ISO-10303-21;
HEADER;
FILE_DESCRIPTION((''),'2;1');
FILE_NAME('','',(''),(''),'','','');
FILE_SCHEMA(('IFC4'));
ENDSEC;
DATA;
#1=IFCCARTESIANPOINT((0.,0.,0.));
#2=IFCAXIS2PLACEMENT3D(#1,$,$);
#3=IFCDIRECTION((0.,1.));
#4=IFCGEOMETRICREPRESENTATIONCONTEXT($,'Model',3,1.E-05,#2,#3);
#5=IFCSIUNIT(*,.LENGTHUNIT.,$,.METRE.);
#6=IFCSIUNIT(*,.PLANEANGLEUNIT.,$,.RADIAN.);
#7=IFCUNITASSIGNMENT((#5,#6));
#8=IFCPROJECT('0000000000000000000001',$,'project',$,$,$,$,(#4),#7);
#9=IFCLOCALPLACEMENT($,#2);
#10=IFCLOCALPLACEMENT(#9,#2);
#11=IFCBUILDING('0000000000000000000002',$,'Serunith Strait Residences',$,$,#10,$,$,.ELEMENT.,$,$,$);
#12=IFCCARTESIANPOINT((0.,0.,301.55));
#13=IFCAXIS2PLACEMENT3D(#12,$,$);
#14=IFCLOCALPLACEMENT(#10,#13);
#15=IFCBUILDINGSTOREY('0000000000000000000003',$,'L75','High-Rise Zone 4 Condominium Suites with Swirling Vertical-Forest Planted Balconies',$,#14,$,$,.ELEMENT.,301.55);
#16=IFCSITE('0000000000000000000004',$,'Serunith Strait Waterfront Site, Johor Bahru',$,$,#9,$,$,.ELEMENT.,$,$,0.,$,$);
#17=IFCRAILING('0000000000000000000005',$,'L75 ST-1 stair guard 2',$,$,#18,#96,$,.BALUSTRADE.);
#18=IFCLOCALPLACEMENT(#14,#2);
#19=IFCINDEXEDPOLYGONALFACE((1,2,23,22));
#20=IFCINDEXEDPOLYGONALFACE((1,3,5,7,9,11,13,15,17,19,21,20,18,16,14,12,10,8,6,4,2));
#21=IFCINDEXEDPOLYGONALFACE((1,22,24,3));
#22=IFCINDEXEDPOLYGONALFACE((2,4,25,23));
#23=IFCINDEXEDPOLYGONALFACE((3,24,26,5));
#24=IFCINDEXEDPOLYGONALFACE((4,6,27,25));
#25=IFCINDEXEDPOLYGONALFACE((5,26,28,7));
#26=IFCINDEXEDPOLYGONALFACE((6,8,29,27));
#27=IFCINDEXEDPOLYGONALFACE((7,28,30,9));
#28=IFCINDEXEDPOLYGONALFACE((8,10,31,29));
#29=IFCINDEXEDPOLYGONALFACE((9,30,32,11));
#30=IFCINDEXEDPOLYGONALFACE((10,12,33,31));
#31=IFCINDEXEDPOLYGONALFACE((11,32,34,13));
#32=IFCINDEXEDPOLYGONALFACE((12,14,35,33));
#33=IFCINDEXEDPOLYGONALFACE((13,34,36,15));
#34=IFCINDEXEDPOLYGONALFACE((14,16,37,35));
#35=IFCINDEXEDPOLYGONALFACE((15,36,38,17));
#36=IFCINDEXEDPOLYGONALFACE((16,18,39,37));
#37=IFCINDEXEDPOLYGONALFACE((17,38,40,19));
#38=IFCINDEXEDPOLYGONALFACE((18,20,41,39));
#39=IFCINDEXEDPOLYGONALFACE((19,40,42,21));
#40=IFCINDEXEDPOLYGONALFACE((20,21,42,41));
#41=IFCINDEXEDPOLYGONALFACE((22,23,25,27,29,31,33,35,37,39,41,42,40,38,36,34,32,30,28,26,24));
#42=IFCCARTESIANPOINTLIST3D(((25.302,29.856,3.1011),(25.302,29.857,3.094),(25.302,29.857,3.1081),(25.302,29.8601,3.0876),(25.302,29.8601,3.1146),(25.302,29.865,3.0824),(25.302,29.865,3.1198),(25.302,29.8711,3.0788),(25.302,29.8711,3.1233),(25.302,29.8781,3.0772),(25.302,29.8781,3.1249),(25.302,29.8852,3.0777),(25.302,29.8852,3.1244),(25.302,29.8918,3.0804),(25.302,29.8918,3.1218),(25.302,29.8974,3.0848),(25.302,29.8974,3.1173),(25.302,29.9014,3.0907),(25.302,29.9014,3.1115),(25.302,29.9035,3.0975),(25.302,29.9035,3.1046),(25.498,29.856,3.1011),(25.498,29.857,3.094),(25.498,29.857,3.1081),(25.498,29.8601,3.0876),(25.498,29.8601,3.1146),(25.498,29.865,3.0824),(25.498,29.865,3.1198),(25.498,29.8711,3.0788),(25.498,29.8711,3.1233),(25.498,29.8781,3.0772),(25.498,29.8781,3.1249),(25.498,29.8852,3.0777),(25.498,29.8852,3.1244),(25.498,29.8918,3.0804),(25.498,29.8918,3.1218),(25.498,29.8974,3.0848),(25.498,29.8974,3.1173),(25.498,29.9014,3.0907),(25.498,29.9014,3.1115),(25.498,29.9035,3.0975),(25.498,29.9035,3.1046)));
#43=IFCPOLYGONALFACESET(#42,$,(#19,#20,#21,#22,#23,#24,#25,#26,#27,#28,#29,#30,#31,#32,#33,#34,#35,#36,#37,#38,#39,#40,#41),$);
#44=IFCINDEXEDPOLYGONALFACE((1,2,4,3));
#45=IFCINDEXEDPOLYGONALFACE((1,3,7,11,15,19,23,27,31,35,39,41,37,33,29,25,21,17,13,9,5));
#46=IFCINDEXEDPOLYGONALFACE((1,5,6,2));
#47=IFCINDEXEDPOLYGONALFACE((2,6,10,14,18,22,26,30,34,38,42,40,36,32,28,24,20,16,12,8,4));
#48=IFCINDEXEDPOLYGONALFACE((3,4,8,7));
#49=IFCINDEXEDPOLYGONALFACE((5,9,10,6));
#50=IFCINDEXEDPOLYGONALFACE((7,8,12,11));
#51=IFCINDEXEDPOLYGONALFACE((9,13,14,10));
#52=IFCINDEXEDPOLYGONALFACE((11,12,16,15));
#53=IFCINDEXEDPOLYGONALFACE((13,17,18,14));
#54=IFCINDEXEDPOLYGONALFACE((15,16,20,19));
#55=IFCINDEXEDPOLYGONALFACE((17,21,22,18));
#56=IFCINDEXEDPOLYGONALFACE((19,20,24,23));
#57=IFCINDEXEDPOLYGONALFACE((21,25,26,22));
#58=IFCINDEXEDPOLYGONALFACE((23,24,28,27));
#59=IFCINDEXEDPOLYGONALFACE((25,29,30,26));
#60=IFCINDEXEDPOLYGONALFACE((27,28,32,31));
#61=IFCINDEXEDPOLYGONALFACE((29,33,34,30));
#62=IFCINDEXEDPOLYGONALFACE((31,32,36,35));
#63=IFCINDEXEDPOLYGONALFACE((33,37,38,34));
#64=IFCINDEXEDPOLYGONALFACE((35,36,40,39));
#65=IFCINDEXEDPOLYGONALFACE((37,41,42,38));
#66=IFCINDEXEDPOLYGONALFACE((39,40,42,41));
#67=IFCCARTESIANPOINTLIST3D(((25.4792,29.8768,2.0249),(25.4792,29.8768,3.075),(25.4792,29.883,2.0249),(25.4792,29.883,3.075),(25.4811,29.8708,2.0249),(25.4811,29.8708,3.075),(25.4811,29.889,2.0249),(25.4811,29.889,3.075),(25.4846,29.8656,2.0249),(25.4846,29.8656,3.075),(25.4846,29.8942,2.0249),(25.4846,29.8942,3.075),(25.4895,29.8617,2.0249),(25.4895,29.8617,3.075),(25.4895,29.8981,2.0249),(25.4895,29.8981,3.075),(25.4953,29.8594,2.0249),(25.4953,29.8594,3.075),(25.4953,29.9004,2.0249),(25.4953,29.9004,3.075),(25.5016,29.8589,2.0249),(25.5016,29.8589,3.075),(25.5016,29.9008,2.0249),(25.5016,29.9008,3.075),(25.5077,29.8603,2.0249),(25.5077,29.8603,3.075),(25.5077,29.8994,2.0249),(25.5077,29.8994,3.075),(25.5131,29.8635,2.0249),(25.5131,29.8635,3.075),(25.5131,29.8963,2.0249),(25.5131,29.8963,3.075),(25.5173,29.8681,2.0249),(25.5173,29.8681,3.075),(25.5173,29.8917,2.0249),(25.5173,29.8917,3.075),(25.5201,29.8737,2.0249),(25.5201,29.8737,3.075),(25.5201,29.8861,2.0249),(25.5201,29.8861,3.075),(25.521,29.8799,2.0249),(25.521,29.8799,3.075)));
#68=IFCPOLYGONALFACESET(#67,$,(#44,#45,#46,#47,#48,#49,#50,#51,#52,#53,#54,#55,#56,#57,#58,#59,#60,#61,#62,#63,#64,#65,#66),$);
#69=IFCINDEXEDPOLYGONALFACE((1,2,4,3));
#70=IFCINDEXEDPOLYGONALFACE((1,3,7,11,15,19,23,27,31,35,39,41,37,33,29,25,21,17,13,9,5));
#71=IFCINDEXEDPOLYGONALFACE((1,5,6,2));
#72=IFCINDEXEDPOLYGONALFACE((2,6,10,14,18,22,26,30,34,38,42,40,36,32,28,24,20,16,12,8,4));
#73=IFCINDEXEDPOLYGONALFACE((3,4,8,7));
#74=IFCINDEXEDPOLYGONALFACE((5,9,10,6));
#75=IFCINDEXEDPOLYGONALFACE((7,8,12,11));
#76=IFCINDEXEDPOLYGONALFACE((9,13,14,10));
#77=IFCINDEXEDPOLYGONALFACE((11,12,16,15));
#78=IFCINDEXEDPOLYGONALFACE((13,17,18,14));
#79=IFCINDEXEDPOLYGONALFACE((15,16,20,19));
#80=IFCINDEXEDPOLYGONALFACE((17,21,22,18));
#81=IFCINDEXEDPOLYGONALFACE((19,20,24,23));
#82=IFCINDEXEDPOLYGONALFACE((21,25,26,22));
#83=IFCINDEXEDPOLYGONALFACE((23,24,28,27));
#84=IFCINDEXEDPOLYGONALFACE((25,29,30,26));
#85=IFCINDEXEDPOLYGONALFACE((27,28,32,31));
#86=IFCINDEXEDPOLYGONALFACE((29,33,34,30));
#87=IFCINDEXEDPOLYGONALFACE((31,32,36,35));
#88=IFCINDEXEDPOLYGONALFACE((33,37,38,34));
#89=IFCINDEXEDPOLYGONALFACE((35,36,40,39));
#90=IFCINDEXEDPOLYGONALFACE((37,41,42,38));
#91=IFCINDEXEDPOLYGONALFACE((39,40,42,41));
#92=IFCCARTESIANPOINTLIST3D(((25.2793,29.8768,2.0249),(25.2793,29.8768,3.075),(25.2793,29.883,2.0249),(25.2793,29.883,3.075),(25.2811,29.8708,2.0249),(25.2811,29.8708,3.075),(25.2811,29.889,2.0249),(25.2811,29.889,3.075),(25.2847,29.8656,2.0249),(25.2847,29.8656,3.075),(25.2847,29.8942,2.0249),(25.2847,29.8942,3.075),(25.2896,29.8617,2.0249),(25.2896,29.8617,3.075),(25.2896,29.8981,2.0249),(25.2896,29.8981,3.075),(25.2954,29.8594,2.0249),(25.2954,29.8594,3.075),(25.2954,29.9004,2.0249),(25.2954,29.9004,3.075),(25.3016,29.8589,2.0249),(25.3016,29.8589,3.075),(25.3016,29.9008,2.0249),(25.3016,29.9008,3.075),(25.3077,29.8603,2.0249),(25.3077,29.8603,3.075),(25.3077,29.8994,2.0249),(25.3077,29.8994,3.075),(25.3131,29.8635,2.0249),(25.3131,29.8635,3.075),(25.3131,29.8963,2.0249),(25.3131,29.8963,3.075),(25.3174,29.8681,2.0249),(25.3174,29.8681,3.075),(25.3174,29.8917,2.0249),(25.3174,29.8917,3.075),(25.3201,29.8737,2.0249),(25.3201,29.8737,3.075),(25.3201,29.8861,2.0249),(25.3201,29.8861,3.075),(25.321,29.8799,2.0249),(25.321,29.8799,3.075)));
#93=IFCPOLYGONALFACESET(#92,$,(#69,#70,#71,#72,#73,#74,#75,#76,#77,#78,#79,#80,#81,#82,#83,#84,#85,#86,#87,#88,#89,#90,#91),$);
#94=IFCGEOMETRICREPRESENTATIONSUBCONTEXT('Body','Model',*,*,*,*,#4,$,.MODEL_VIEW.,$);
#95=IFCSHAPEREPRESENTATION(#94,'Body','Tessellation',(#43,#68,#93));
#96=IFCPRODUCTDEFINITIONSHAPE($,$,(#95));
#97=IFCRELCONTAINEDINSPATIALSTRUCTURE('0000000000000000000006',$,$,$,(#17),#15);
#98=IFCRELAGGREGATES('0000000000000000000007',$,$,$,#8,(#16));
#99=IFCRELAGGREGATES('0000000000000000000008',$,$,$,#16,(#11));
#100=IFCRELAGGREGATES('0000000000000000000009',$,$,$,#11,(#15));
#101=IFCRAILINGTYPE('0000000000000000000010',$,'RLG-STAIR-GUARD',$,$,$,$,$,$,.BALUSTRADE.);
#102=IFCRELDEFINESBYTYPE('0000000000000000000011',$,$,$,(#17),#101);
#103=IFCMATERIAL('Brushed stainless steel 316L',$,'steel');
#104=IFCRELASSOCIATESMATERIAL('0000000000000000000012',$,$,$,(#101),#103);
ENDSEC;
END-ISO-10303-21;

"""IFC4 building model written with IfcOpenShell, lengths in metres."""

from ifc_helpers import new_model, si_unit, direction, frame, origin, origin_2d, place, context, subcontext, project, spatial, circle, extrude, material, type_object, element, save


model = new_model("IFC4")

# Units and contexts
model_context = context("Model", 3, precision=1e-05, world=origin(), true_north=direction((0.0, 1.0)))
body_context = subcontext(model_context, "Body", "Model", "MODEL_VIEW")
ifc_project = project(units=[si_unit("LENGTHUNIT", "METRE"), si_unit("PLANEANGLEUNIT", "RADIAN")], contexts=[model_context])

# Site, building, storey
site_placement = place(None, origin())
site = spatial("IfcSite", under=ifc_project, at=site_placement, Name="Serunith Strait Waterfront Site, Johor Bahru", CompositionType="ELEMENT", RefElevation=0.0)
building_placement = place(site_placement, origin())
building = spatial("IfcBuilding", under=site, at=building_placement, Name="Serunith Strait Residences", CompositionType="ELEMENT")
storey_placement = place(building_placement, frame((0.0, 0.0, 301.55)))
storey = spatial("IfcBuildingStorey", under=building, at=storey_placement, Name="L75", Description="High-Rise Zone 4 Condominium Suites with Swirling Vertical-Forest Planted Balconies", CompositionType="ELEMENT", Elevation=301.55)

# Railing
ifc_material_1 = material(Name="Brushed stainless steel 316L", Category="steel")
railing_type_1 = type_object("IfcRailingType", Name="RLG-STAIR-GUARD", PredefinedType="BALUSTRADE", material=ifc_material_1)
railing_1_placement = place(storey_placement, frame((25.5, 29.8799, 2.0249)))
element("IfcRailing", 1, at=railing_1_placement, inside=storey, type_object=railing_type_1, Name="L75 ST-1 stair guard 2", PredefinedType="BALUSTRADE", context=body_context, shape_type="SweptSolid", body=[
    extrude(circle(Radius=0.0239, at=origin_2d()), frame((-0.002, 0.0, 1.0762), z_axis=(-1.0, 0.0, 0.0), x_axis=(0.0, -1.0, 0.0)), (0.0, 0.0, 1.0), 0.196),
    extrude(circle(Radius=0.021, at=origin_2d()), origin(), (0.0, 0.0, 1.0), 1.05),
    extrude(circle(Radius=0.021, at=origin_2d()), frame((-0.2, 0.0, 0.0)), (0.0, 0.0, 1.0), 1.05),
])

save(model, "model.ifc")
